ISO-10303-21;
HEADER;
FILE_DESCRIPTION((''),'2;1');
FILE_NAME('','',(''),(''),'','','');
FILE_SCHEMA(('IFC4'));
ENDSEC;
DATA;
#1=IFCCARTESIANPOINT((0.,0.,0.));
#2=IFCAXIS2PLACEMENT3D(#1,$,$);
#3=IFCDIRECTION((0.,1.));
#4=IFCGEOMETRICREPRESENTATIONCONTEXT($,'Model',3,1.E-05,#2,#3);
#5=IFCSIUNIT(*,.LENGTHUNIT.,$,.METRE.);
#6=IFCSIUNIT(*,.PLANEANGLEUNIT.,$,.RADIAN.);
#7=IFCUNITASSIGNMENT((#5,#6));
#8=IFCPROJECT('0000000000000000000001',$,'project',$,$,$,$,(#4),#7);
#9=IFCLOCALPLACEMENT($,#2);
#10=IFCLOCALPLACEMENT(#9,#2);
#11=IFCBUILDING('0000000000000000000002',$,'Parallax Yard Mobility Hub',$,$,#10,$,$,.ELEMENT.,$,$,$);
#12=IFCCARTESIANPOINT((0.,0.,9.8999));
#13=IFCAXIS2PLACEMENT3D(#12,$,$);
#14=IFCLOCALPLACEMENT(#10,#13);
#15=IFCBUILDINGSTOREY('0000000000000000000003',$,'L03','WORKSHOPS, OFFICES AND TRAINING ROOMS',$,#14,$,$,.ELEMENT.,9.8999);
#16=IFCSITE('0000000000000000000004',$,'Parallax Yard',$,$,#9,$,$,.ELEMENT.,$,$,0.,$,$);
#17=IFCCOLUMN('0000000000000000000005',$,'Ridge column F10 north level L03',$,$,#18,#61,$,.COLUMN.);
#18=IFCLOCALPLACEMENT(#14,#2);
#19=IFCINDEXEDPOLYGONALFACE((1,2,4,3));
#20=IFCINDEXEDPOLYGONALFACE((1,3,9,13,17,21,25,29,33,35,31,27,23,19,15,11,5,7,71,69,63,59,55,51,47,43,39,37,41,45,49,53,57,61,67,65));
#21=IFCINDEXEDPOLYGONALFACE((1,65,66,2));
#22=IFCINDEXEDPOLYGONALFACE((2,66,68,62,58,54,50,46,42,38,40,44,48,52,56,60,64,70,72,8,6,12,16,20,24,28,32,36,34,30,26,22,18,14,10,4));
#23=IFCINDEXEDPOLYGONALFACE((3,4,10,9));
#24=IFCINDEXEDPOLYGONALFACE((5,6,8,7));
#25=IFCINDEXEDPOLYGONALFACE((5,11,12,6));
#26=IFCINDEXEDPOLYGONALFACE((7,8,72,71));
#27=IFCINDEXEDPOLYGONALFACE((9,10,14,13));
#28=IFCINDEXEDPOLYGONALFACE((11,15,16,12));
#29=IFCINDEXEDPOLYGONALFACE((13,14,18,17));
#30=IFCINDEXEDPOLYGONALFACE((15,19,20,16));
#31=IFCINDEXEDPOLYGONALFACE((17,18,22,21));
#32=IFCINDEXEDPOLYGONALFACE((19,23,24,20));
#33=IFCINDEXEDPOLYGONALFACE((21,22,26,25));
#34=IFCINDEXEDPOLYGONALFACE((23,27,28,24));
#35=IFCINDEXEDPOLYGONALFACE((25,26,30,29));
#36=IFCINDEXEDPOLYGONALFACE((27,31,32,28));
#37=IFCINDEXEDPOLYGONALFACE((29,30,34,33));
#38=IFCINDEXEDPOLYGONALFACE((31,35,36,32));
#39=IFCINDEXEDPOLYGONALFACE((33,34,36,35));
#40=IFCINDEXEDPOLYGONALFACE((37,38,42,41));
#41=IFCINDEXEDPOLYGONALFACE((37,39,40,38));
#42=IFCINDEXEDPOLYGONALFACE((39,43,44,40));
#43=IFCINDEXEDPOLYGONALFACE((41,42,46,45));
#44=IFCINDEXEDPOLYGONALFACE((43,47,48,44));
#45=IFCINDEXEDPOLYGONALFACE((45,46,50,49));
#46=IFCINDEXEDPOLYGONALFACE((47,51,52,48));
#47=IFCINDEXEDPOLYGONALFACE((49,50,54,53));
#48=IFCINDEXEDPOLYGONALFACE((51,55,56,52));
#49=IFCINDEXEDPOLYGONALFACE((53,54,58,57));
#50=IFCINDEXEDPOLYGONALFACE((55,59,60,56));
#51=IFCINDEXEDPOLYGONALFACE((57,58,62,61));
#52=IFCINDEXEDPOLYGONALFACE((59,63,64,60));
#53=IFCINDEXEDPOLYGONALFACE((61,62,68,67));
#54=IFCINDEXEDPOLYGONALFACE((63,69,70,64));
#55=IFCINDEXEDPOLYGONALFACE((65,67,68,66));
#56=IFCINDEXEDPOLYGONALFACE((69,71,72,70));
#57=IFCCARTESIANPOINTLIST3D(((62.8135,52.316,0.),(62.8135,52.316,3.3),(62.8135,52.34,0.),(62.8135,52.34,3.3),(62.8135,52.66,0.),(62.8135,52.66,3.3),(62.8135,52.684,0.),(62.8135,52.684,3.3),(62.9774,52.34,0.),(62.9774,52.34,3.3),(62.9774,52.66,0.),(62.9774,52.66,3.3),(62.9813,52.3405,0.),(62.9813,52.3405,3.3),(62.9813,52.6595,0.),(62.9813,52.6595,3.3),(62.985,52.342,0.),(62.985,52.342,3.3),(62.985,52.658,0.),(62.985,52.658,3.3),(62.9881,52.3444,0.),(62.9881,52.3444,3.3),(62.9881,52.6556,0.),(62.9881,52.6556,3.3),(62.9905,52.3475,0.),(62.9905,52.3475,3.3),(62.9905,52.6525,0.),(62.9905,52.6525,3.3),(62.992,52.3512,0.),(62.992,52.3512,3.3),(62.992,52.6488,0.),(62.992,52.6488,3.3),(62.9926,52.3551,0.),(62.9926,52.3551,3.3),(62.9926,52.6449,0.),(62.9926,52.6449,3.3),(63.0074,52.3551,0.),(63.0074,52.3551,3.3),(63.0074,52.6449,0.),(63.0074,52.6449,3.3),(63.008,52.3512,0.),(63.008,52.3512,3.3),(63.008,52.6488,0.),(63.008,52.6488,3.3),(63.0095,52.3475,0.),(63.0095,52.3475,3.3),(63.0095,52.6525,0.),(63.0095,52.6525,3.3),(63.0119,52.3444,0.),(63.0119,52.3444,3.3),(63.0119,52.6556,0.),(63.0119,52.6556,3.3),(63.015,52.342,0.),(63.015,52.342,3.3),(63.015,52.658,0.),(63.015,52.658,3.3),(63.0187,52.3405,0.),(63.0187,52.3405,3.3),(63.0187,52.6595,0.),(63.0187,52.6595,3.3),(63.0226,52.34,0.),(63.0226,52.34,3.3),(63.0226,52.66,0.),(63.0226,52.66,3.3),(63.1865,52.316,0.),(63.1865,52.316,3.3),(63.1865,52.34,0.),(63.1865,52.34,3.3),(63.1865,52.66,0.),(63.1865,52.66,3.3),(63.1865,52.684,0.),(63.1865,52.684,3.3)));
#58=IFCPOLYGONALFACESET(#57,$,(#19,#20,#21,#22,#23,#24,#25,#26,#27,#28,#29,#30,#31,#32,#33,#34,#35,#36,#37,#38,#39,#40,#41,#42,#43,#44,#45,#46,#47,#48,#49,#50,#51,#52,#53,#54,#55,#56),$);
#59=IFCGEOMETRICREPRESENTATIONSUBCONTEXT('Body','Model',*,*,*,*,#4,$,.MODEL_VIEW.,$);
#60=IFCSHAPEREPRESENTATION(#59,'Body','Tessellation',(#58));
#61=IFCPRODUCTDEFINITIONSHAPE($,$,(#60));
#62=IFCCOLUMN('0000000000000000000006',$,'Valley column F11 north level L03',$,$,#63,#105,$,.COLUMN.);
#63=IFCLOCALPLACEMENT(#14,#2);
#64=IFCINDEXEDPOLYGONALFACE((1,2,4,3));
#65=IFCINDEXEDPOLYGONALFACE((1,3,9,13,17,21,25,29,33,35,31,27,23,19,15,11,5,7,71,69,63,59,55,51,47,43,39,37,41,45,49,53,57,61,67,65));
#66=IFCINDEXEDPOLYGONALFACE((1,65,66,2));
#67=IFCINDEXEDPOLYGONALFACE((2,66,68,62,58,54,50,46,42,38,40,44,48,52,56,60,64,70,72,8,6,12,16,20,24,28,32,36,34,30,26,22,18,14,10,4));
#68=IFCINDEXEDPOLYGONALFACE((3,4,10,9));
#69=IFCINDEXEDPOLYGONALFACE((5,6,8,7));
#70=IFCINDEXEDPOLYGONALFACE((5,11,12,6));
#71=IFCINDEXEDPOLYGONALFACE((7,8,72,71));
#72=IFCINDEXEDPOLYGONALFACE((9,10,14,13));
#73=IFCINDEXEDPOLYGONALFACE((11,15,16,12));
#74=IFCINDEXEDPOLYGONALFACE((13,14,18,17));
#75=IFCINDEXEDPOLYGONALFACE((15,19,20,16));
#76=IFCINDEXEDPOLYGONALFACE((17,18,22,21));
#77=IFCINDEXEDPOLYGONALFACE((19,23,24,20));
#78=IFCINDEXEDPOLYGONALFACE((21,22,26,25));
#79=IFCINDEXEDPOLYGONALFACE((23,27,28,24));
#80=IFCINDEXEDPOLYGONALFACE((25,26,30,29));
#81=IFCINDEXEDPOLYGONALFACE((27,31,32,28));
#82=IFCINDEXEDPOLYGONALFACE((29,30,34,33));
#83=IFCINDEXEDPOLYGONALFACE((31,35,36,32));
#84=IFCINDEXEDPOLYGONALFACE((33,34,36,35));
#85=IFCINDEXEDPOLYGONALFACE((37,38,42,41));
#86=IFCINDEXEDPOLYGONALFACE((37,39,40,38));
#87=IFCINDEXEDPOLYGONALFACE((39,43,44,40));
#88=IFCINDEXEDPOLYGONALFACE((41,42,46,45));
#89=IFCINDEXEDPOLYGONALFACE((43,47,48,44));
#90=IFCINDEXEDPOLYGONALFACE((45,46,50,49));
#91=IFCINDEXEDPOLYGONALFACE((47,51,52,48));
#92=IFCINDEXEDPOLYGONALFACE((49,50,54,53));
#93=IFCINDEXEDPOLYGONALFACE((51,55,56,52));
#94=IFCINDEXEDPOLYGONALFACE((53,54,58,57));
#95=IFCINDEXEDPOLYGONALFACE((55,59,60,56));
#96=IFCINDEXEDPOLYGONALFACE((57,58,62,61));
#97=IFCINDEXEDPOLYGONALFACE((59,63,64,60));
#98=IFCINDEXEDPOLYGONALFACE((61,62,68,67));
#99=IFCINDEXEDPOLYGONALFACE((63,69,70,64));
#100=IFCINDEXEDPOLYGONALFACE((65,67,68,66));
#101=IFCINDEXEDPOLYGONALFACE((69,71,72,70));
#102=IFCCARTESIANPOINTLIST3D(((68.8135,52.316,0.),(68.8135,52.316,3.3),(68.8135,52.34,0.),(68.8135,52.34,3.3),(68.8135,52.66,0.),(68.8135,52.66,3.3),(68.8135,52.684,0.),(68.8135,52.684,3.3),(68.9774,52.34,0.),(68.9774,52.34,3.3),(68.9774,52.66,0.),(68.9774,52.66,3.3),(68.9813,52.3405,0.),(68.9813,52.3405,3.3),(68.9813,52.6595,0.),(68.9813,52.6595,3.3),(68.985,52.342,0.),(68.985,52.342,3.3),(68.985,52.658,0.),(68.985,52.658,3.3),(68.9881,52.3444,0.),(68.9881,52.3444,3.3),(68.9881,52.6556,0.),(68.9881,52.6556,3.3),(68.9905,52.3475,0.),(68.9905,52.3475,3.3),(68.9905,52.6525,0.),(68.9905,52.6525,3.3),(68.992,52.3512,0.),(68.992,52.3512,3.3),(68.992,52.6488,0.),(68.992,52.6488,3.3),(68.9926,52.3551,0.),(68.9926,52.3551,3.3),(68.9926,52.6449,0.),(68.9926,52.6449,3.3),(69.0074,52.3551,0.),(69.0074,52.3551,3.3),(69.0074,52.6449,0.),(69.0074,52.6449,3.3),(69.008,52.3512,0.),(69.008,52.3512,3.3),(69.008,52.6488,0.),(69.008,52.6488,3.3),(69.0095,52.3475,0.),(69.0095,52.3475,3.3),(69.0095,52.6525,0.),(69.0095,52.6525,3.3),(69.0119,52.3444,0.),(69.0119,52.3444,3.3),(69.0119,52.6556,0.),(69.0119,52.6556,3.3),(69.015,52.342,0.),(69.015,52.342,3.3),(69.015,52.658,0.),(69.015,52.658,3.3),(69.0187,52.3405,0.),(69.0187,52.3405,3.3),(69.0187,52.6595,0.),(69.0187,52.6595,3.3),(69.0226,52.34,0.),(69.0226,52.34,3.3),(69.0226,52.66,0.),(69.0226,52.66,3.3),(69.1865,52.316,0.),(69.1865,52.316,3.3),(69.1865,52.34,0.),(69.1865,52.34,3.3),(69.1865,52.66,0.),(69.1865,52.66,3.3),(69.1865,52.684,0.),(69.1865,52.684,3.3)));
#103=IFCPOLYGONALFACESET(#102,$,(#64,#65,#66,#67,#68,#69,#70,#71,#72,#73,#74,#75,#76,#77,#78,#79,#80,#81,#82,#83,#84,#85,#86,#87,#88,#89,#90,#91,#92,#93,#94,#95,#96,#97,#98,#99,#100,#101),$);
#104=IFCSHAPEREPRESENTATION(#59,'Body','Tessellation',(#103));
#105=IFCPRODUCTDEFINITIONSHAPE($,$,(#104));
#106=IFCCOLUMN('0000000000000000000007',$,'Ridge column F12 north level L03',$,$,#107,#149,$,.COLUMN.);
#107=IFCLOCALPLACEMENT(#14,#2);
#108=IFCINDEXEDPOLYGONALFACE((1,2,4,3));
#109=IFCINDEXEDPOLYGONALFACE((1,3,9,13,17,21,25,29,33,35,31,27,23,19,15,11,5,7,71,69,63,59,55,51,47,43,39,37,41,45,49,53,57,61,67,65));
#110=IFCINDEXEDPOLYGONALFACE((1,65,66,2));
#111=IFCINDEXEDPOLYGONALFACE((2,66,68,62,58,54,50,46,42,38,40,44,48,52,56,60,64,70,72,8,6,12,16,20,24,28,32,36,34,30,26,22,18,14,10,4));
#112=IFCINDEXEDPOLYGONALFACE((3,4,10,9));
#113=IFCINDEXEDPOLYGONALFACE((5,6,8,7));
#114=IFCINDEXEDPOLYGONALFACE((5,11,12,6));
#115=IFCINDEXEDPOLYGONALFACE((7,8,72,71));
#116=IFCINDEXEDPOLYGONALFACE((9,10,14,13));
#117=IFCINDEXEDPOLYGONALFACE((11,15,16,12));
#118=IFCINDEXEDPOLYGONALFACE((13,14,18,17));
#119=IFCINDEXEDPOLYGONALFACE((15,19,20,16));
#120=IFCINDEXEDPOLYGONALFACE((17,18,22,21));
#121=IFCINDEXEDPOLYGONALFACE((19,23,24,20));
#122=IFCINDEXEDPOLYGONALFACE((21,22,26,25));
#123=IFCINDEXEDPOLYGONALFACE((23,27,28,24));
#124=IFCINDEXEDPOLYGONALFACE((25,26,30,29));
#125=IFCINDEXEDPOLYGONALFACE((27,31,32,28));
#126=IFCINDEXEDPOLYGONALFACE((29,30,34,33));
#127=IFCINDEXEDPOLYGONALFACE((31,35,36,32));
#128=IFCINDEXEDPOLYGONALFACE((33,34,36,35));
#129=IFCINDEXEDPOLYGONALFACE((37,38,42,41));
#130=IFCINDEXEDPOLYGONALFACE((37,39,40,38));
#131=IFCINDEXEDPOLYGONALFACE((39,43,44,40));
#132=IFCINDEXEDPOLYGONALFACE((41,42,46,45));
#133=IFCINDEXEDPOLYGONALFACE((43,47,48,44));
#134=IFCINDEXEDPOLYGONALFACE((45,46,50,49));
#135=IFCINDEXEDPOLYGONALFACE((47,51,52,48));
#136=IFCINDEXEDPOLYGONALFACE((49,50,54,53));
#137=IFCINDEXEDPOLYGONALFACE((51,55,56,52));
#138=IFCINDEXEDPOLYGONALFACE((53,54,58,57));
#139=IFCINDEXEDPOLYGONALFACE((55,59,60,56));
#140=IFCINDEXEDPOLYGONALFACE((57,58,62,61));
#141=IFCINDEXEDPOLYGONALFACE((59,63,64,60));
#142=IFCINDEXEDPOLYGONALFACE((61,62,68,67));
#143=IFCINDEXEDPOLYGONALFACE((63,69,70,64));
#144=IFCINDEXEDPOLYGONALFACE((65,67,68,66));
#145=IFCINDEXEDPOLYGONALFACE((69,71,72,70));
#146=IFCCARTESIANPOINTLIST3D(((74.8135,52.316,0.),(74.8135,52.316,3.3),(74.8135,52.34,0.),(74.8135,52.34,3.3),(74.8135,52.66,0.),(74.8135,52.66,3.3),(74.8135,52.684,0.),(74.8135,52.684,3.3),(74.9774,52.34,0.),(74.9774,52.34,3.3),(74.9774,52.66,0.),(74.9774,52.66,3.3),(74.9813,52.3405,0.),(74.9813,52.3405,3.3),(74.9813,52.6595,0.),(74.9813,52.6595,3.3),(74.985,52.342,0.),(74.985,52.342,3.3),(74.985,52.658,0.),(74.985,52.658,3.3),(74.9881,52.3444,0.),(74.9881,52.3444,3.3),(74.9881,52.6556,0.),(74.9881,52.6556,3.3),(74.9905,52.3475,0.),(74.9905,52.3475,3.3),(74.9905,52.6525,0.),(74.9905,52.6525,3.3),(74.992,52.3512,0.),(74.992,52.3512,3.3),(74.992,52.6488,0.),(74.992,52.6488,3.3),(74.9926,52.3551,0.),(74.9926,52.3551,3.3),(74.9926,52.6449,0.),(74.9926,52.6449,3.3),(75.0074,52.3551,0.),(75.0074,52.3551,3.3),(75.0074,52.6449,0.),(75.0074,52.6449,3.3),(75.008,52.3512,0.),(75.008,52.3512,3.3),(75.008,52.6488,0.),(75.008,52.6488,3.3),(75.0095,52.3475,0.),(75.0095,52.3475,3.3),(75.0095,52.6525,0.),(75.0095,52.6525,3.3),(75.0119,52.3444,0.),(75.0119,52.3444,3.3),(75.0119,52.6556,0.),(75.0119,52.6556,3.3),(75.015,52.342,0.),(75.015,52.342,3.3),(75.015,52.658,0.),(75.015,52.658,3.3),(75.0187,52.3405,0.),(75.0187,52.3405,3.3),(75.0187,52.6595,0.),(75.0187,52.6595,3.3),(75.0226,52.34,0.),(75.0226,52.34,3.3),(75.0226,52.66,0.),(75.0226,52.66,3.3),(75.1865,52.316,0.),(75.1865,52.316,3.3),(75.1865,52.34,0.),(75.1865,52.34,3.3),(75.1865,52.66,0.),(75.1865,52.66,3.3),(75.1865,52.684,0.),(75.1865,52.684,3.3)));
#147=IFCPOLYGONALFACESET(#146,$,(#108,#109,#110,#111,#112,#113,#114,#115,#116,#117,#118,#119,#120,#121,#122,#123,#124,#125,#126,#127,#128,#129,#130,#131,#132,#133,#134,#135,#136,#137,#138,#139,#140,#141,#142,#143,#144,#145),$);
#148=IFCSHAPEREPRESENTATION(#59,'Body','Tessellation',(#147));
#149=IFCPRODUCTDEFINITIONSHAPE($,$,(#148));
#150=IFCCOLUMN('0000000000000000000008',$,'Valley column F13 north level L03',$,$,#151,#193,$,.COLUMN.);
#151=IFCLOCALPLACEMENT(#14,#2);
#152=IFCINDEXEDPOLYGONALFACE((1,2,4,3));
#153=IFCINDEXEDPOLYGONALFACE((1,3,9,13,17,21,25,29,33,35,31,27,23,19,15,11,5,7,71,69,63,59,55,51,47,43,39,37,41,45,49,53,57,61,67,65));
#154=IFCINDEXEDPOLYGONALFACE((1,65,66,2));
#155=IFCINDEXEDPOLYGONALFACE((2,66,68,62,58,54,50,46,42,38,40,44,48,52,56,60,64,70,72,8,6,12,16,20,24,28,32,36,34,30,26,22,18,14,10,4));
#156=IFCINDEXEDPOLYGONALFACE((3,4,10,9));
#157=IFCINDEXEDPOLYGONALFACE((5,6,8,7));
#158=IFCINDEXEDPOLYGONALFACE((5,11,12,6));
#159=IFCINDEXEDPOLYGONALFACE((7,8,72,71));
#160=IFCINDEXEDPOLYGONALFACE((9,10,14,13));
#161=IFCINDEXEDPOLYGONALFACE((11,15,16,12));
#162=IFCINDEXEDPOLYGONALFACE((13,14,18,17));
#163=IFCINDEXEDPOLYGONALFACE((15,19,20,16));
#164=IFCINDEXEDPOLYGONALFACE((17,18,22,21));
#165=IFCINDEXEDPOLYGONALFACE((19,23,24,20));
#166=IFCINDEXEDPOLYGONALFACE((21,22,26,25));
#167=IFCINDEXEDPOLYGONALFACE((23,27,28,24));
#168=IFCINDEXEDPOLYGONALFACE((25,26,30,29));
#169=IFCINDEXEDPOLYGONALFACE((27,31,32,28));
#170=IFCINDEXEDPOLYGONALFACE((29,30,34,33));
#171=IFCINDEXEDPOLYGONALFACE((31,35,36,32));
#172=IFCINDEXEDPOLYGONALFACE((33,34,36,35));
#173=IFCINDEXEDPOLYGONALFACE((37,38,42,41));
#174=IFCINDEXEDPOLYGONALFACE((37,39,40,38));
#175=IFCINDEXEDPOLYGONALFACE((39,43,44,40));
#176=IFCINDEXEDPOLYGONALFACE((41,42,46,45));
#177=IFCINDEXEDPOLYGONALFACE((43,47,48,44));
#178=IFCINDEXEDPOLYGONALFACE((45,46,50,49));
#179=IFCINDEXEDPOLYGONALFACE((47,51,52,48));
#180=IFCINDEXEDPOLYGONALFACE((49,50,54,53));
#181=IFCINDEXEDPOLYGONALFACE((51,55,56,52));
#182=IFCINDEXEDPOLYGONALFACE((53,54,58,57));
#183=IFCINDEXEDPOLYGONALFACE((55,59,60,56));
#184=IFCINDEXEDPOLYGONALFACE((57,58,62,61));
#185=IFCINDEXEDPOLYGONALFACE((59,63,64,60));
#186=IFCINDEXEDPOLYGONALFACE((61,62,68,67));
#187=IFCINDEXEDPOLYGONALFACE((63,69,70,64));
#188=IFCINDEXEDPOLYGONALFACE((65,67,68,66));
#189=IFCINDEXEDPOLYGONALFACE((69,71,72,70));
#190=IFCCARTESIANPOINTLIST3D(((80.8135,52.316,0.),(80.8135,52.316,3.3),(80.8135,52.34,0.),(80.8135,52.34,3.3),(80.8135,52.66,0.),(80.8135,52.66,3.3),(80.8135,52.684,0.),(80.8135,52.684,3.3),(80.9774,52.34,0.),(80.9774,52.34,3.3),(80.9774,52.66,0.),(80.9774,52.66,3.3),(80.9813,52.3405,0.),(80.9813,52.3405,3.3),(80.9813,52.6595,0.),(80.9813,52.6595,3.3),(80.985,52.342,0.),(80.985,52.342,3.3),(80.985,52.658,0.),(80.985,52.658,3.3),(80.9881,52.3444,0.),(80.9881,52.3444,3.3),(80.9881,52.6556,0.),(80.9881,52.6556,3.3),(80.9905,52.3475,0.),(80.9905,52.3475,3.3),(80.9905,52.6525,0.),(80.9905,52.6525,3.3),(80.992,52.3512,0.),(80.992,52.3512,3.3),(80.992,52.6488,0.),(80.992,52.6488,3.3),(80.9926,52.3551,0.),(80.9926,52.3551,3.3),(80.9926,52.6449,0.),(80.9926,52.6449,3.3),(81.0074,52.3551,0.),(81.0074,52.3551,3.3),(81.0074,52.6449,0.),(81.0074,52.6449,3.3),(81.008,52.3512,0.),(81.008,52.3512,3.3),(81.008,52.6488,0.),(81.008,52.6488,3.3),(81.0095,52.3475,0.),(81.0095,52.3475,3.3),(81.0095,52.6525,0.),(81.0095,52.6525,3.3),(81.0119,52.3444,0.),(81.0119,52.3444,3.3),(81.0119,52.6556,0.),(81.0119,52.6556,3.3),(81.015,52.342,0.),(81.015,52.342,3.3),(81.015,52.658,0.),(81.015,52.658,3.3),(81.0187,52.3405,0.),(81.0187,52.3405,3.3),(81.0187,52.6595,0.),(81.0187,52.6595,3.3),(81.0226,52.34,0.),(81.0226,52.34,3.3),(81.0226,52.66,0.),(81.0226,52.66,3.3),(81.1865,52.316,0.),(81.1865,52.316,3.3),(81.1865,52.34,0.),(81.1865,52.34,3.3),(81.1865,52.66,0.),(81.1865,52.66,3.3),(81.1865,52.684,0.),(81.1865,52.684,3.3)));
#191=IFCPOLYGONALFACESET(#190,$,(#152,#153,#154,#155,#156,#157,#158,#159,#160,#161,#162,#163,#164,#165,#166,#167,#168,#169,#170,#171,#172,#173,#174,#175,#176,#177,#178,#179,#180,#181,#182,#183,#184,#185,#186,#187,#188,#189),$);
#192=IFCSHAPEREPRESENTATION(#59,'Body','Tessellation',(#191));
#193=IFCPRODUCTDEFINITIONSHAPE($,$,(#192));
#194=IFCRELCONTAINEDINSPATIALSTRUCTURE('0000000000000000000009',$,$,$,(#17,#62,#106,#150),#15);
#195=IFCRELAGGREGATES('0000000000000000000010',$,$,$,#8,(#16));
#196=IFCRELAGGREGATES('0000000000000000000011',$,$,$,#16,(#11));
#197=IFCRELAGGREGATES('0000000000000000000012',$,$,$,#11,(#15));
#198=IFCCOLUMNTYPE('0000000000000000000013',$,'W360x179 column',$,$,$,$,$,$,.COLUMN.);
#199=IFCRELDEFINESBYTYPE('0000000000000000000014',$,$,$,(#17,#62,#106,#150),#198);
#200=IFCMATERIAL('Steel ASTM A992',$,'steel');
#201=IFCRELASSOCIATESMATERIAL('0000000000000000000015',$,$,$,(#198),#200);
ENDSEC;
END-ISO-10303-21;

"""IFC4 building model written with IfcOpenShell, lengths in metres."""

from ifc_helpers import new_model, si_unit, direction, frame, origin, origin_2d, place, context, subcontext, project, spatial, i_section, extrude, material, material_profile, profile_set, type_object, element, save


model = new_model("IFC4")

# Units and contexts
model_context = context("Model", 3, precision=1e-05, world=origin(), true_north=direction((0.0, 1.0)))
body_context = subcontext(model_context, "Body", "Model", "MODEL_VIEW")
ifc_project = project(units=[si_unit("LENGTHUNIT", "METRE"), si_unit("PLANEANGLEUNIT", "RADIAN")], contexts=[model_context])

# Site, building, storey
site_placement = place(None, origin())
site = spatial("IfcSite", under=ifc_project, at=site_placement, Name="Parallax Yard", CompositionType="ELEMENT", RefElevation=0.0)
building_placement = place(site_placement, origin())
building = spatial("IfcBuilding", under=site, at=building_placement, Name="Parallax Yard Mobility Hub", CompositionType="ELEMENT")
storey_placement = place(building_placement, frame((0.0, 0.0, 9.8999)))
storey = spatial("IfcBuildingStorey", under=building, at=storey_placement, Name="L03", Description="WORKSHOPS, OFFICES AND TRAINING ROOMS", CompositionType="ELEMENT", Elevation=9.8999)

# Columns
ifc_material_1 = material(Name="Steel ASTM A992", Category="steel")
ifc_material_profile_1 = material_profile(ifc_material_1, i_section(OverallWidth=0.373, OverallDepth=0.3679, WebThickness=0.0149, FlangeThickness=0.0239, FilletRadius=0.0151, at=origin_2d()), Name="W360x179")
ifc_profile_set_1 = profile_set([ifc_material_profile_1], Name="Steel ASTM A992")
column_type = type_object("IfcColumnType", Name="W360x179 column", PredefinedType="COLUMN", material=ifc_profile_set_1)
for number, where, z_axis, x_axis, name in (
    (1, (63.0, 52.5, 0.0), (0.0, 0.0, 1.0), (1.0, 0.0, 0.0), "Ridge column F10 north level L03"),
    (2, (69.0, 52.5, 0.0), (0.0, 0.0, 1.0), (1.0, 0.0, 0.0), "Valley column F11 north level L03"),
    (3, (75.0, 52.5, 0.0), (0.0, 0.0, 1.0), (1.0, 0.0, 0.0), "Ridge column F12 north level L03"),
    (4, (81.0, 52.5, 0.0), (0.0, 0.0, 1.0), (1.0, 0.0, 0.0), "Valley column F13 north level L03"),
):
    element("IfcColumn", number, at=place(storey_placement, frame(where, z_axis=z_axis, x_axis=x_axis)), inside=storey, type_object=column_type, Name=name, PredefinedType="COLUMN", context=body_context, shape_type="SweptSolid", body=[
        extrude(i_section(OverallWidth=0.373, OverallDepth=0.3679, WebThickness=0.0149, FlangeThickness=0.0239, FilletRadius=0.0151, at=origin_2d()), origin(), (0.0, 0.0, 1.0), 3.3),
    ])

save(model, "model.ifc")
